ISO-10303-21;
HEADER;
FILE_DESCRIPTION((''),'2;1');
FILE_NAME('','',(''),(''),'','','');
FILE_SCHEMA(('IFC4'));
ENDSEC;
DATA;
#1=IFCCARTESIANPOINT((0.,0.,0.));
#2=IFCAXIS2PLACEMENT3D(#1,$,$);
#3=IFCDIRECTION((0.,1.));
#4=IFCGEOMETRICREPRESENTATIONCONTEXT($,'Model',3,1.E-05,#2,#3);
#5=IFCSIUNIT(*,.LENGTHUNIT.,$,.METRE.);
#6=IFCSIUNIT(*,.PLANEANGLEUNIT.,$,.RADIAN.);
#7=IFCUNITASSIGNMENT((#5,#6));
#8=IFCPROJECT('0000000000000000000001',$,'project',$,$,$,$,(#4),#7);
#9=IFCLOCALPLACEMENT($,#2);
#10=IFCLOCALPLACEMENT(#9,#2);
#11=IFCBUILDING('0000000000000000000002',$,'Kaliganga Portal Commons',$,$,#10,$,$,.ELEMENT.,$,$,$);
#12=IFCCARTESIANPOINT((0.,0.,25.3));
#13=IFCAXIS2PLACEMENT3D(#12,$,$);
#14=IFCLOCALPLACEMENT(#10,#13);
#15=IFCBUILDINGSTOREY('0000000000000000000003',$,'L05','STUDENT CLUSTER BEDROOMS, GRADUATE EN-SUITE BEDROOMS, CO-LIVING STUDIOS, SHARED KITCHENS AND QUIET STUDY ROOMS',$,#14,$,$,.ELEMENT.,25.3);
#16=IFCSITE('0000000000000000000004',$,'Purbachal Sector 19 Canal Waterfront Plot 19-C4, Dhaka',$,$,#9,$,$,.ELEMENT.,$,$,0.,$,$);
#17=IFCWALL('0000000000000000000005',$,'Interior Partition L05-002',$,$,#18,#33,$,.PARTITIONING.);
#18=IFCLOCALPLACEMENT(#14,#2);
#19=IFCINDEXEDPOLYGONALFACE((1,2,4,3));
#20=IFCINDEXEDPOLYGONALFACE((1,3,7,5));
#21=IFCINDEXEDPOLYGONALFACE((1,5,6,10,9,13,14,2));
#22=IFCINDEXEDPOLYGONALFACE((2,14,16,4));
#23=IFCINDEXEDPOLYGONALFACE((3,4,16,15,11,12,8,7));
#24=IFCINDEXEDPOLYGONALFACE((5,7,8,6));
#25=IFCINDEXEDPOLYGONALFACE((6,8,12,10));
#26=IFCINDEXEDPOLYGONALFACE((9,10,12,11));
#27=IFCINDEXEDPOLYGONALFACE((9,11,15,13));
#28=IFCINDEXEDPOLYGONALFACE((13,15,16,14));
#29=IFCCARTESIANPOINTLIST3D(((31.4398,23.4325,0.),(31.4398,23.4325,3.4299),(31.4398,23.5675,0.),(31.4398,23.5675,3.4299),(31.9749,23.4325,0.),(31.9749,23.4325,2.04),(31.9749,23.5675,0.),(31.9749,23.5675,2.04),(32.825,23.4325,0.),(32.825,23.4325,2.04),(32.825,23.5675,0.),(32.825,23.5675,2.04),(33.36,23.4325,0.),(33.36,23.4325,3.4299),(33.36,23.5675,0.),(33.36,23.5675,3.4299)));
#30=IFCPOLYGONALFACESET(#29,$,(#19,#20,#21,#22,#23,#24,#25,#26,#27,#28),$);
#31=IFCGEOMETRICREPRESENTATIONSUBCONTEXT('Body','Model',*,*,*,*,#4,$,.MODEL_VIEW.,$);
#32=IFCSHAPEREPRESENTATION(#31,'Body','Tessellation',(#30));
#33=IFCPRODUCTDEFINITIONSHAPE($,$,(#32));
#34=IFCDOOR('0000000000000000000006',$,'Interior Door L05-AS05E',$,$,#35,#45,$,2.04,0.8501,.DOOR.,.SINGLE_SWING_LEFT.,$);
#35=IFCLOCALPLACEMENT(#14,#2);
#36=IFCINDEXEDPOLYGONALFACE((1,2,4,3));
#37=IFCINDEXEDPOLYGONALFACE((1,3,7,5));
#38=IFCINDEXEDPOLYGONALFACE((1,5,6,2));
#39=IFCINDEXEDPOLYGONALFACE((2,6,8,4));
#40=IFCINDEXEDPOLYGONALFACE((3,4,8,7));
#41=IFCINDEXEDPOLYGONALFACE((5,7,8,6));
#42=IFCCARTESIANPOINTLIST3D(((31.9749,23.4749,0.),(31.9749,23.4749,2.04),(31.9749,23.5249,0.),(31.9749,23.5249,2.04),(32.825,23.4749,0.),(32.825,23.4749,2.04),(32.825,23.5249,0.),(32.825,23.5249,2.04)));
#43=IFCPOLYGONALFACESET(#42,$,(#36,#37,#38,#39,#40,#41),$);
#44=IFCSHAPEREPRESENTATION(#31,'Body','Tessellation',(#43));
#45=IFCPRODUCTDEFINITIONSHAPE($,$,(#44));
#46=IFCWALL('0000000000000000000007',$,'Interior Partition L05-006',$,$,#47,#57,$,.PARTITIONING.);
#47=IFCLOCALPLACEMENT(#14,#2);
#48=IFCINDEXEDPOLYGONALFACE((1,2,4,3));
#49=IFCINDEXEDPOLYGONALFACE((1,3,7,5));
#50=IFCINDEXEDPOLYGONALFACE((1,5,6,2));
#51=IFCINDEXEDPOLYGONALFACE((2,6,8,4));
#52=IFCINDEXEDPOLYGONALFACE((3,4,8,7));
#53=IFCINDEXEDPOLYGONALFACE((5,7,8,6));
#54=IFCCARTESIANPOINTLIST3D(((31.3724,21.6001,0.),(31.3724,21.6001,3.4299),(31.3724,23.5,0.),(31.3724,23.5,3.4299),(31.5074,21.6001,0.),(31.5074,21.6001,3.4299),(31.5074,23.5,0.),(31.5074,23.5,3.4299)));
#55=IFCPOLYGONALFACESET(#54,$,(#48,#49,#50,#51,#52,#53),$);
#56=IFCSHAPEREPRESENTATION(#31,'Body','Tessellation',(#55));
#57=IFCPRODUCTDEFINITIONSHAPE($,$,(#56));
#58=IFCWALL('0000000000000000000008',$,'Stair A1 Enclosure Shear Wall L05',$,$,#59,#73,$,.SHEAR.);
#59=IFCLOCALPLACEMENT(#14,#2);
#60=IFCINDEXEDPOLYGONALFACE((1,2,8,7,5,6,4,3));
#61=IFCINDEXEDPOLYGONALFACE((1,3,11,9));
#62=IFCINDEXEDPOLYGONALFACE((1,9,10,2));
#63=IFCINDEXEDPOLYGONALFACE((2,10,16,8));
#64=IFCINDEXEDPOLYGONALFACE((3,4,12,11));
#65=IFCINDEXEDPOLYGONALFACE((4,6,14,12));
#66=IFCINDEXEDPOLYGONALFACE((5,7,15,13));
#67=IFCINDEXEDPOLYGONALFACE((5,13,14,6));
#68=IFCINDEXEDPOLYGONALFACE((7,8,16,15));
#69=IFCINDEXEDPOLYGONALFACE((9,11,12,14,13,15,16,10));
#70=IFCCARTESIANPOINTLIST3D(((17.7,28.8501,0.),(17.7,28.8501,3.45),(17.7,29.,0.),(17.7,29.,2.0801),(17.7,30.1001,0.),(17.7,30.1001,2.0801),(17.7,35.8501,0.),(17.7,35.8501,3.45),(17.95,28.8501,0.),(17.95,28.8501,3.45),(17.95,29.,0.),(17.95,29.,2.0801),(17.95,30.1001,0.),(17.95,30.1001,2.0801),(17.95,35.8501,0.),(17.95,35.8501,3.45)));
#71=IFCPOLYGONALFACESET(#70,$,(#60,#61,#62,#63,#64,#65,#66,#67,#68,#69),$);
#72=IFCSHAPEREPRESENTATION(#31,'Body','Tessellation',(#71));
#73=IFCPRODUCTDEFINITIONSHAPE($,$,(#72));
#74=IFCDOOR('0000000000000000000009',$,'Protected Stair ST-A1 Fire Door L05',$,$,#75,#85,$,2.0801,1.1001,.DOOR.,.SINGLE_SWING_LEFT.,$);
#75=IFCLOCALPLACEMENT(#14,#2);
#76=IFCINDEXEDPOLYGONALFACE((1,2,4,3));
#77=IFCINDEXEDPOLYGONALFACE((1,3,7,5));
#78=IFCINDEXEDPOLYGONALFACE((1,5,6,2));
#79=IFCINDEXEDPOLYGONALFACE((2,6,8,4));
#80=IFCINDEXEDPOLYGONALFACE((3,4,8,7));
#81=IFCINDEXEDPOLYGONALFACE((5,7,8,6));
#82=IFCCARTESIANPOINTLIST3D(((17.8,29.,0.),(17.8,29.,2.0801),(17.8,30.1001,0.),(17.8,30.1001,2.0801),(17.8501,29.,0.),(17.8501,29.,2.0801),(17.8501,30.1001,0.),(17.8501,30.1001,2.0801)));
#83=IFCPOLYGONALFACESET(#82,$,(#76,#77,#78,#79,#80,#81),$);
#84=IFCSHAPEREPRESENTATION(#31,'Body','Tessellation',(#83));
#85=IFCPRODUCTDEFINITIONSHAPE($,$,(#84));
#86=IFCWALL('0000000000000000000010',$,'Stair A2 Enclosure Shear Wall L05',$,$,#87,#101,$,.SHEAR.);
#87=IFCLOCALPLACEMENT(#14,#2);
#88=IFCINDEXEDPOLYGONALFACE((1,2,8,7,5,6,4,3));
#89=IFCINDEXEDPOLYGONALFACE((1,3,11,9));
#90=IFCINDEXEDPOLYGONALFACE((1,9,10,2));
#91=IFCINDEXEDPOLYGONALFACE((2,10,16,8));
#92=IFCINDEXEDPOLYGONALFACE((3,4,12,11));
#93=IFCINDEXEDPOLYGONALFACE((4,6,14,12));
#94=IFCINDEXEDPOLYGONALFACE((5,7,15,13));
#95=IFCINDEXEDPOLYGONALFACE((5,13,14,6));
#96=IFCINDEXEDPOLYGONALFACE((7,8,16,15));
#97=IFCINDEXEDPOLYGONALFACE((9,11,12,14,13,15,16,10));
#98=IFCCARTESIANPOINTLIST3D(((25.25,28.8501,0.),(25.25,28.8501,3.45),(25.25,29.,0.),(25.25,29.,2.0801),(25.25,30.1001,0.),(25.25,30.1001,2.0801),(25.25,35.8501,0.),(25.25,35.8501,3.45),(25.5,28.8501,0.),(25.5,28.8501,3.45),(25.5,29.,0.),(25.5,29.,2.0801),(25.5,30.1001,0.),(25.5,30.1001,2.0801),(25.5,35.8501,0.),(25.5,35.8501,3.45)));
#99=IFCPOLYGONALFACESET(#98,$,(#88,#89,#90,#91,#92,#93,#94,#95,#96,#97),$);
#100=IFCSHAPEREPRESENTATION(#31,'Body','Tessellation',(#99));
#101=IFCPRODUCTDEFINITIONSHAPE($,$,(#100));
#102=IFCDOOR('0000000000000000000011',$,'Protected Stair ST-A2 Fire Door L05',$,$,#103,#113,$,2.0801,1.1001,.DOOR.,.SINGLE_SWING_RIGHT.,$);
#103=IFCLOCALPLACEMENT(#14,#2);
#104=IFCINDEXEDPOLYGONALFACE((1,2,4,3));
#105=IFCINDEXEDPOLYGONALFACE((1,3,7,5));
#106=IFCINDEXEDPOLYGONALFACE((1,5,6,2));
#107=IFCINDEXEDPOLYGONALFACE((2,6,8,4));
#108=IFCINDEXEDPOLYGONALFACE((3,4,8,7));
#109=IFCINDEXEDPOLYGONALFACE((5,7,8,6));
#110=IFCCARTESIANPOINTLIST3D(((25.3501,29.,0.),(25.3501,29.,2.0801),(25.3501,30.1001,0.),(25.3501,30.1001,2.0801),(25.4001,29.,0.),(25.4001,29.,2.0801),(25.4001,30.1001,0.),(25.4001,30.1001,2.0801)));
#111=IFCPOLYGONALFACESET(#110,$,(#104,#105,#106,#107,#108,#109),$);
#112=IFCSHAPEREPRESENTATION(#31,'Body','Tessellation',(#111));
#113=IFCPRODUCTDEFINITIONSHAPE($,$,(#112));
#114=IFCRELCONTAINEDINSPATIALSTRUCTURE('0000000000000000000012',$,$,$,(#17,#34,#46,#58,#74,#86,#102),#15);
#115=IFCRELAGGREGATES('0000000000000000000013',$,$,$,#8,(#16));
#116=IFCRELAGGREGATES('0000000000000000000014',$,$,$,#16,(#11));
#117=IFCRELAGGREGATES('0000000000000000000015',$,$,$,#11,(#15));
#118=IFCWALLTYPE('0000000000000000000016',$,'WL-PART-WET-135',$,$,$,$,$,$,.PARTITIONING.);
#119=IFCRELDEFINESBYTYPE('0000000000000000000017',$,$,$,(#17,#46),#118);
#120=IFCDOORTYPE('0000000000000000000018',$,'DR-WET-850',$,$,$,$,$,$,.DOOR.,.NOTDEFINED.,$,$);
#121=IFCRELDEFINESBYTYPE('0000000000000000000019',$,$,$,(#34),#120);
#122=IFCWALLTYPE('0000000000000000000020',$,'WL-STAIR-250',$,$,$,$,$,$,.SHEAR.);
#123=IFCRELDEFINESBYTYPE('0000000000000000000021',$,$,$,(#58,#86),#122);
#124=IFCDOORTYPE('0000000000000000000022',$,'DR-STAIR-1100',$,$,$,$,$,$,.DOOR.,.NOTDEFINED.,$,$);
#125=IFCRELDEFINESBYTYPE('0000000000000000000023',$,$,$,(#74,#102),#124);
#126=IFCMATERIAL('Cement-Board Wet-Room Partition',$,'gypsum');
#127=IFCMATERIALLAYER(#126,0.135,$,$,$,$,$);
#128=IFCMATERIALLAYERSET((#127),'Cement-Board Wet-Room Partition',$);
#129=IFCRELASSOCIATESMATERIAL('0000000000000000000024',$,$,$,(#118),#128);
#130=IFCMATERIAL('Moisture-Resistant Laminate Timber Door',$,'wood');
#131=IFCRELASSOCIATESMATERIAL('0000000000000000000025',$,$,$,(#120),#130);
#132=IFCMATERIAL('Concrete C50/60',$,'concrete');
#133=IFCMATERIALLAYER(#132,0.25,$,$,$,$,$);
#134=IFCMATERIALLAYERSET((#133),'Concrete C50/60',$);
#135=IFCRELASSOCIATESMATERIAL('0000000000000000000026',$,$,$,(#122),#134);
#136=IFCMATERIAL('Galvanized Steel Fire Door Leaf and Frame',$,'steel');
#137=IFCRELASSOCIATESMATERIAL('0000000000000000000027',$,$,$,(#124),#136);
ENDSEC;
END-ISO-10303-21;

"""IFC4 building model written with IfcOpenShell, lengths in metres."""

from ifc_helpers import new_model, si_unit, direction, frame, frame_2d, origin, place, context, subcontext, project, spatial, rectangle, extrude, material, layer, layer_set, type_object, element, fill, save


model = new_model("IFC4")

# Units and contexts
model_context = context("Model", 3, precision=1e-05, world=origin(), true_north=direction((0.0, 1.0)))
body_context = subcontext(model_context, "Body", "Model", "MODEL_VIEW")
ifc_project = project(units=[si_unit("LENGTHUNIT", "METRE"), si_unit("PLANEANGLEUNIT", "RADIAN")], contexts=[model_context])

# Site, building, storey
site_placement = place(None, origin())
site = spatial("IfcSite", under=ifc_project, at=site_placement, Name="Purbachal Sector 19 Canal Waterfront Plot 19-C4, Dhaka", CompositionType="ELEMENT", RefElevation=0.0)
building_placement = place(site_placement, origin())
building = spatial("IfcBuilding", under=site, at=building_placement, Name="Kaliganga Portal Commons", CompositionType="ELEMENT")
storey_placement = place(building_placement, frame((0.0, 0.0, 25.3)))
storey = spatial("IfcBuildingStorey", under=building, at=storey_placement, Name="L05", Description="STUDENT CLUSTER BEDROOMS, GRADUATE EN-SUITE BEDROOMS, CO-LIVING STUDIOS, SHARED KITCHENS AND QUIET STUDY ROOMS", CompositionType="ELEMENT", Elevation=25.3)

# Shared definitions
ifc_material_1 = material(Name="Cement-Board Wet-Room Partition", Category="gypsum")
ifc_layer_1 = layer(ifc_material_1, 0.135)
ifc_layer_set_1 = layer_set([ifc_layer_1], Name="Cement-Board Wet-Room Partition")
wall_type_1 = type_object("IfcWallType", Name="WL-PART-WET-135", PredefinedType="PARTITIONING", material=ifc_layer_set_1)

# Wall, opening, door
wall_1_placement = place(storey_placement, frame((31.4399, 23.5, 0.0), z_axis=(0.0, 0.0, 1.0), x_axis=(1.0, 0.0, 0.0)))
wall_1 = element("IfcWall", 1, at=wall_1_placement, inside=storey, type_object=wall_type_1, Name="Interior Partition L05-002", PredefinedType="PARTITIONING", context=body_context, shape_type="SweptSolid", body=[
    extrude(rectangle(XDim=1.9202, YDim=0.135, at=frame_2d((0.96, 0.0))), origin(), (0.0, 0.0, 1.0), 3.4299),
])
opening_1_placement = place(wall_1_placement, frame((0.5349, 0.0, 0.0)))
opening_1 = element("IfcOpeningElement", 2, at=opening_1_placement, cuts=wall_1, PredefinedType="OPENING", context=body_context, shape_type="SweptSolid", body=[
    extrude(rectangle(XDim=0.8501, YDim=2.04, at=frame_2d((0.425, 1.02))), frame((0.0, 0.0776, 0.0), z_axis=(0.0, -1.0, 0.0), x_axis=(1.0, 0.0, 0.0)), (0.0, 0.0, 1.0), 0.155),
])
ifc_material_2 = material(Name="Moisture-Resistant Laminate Timber Door", Category="wood")
door_type_1 = type_object("IfcDoorType", Name="DR-WET-850", OperationType="NOTDEFINED", PredefinedType="DOOR", material=ifc_material_2)
door_1_placement = place(opening_1_placement, origin())
door_1 = element("IfcDoor", 3, at=door_1_placement, inside=storey, type_object=door_type_1, Name="Interior Door L05-AS05E", OperationType="SINGLE_SWING_LEFT", OverallHeight=2.04, OverallWidth=0.8501, PredefinedType="DOOR", context=body_context, shape_type="SweptSolid", body=[
    extrude(rectangle(XDim=0.8501, YDim=2.04, at=frame_2d((0.425, 1.02))), frame((0.0, 0.0249, 0.0), z_axis=(0.0, -1.0, 0.0), x_axis=(1.0, 0.0, 0.0)), (0.0, 0.0, 1.0), 0.05),
])
fill(opening_1, door_1)

# Wall
wall_2_placement = place(storey_placement, frame((31.4399, 21.6001, 0.0), z_axis=(0.0, 0.0, 1.0), x_axis=(0.0, 1.0, 0.0)))
element("IfcWall", 4, at=wall_2_placement, inside=storey, type_object=wall_type_1, Name="Interior Partition L05-006", PredefinedType="PARTITIONING", context=body_context, shape_type="SweptSolid", body=[
    extrude(rectangle(XDim=1.8999, YDim=0.135, at=frame_2d((0.95, 0.0))), origin(), (0.0, 0.0, 1.0), 3.4299),
])

# Walls, openings, doors
ifc_material_3 = material(Name="Concrete C50/60", Category="concrete")
ifc_layer_2 = layer(ifc_material_3, 0.25)
ifc_layer_set_2 = layer_set([ifc_layer_2], Name="Concrete C50/60")
wall_type_2 = type_object("IfcWallType", Name="WL-STAIR-250", PredefinedType="SHEAR", material=ifc_layer_set_2)
wall_3_placement = place(storey_placement, frame((17.825, 28.8501, 0.0), z_axis=(0.0, 0.0, 1.0), x_axis=(0.0, 1.0, 0.0)))
wall_3 = element("IfcWall", 5, at=wall_3_placement, inside=storey, type_object=wall_type_2, Name="Stair A1 Enclosure Shear Wall L05", PredefinedType="SHEAR", context=body_context, shape_type="SweptSolid", body=[
    extrude(rectangle(XDim=7.0, YDim=0.25, at=frame_2d((3.5, 0.0))), origin(), (0.0, 0.0, 1.0), 3.45),
])
opening_2_placement = place(wall_3_placement, frame((0.1499, 0.0, 0.0)))
opening_2 = element("IfcOpeningElement", 6, at=opening_2_placement, cuts=wall_3, PredefinedType="OPENING", context=body_context, shape_type="SweptSolid", body=[
    extrude(rectangle(XDim=1.1001, YDim=2.0801, at=frame_2d((0.55, 1.04))), frame((0.0, 0.135, 0.0), z_axis=(0.0, -1.0, 0.0), x_axis=(1.0, 0.0, 0.0)), (0.0, 0.0, 1.0), 0.27),
])
ifc_material_4 = material(Name="Galvanized Steel Fire Door Leaf and Frame", Category="steel")
door_type_2 = type_object("IfcDoorType", Name="DR-STAIR-1100", OperationType="NOTDEFINED", PredefinedType="DOOR", material=ifc_material_4)
door_2_placement = place(opening_2_placement, origin())
door_2 = element("IfcDoor", 7, at=door_2_placement, inside=storey, type_object=door_type_2, Name="Protected Stair ST-A1 Fire Door L05", OperationType="SINGLE_SWING_LEFT", OverallHeight=2.0801, OverallWidth=1.1001, PredefinedType="DOOR", context=body_context, shape_type="SweptSolid", body=[
    extrude(rectangle(XDim=1.1001, YDim=2.0801, at=frame_2d((0.55, 1.04))), frame((0.0, 0.0249, 0.0), z_axis=(0.0, -1.0, 0.0), x_axis=(1.0, 0.0, 0.0)), (0.0, 0.0, 1.0), 0.05),
])
fill(opening_2, door_2)
wall_4_placement = place(storey_placement, frame((25.375, 28.8501, 0.0), z_axis=(0.0, 0.0, 1.0), x_axis=(0.0, 1.0, 0.0)))
wall_4 = element("IfcWall", 8, at=wall_4_placement, inside=storey, type_object=wall_type_2, Name="Stair A2 Enclosure Shear Wall L05", PredefinedType="SHEAR", context=body_context, shape_type="SweptSolid", body=[
    extrude(rectangle(XDim=7.0, YDim=0.25, at=frame_2d((3.5, 0.0))), origin(), (0.0, 0.0, 1.0), 3.45),
])
opening_3_placement = place(wall_4_placement, frame((0.1499, 0.0, 0.0)))
opening_3 = element("IfcOpeningElement", 9, at=opening_3_placement, cuts=wall_4, PredefinedType="OPENING", context=body_context, shape_type="SweptSolid", body=[
    extrude(rectangle(XDim=1.1001, YDim=2.0801, at=frame_2d((0.55, 1.04))), frame((0.0, 0.135, 0.0), z_axis=(0.0, -1.0, 0.0), x_axis=(1.0, 0.0, 0.0)), (0.0, 0.0, 1.0), 0.27),
])
door_3_placement = place(opening_3_placement, origin())
door_3 = element("IfcDoor", 10, at=door_3_placement, inside=storey, type_object=door_type_2, Name="Protected Stair ST-A2 Fire Door L05", OperationType="SINGLE_SWING_RIGHT", OverallHeight=2.0801, OverallWidth=1.1001, PredefinedType="DOOR", context=body_context, shape_type="SweptSolid", body=[
    extrude(rectangle(XDim=1.1001, YDim=2.0801, at=frame_2d((0.55, 1.04))), frame((0.0, 0.0249, 0.0), z_axis=(0.0, -1.0, 0.0), x_axis=(1.0, 0.0, 0.0)), (0.0, 0.0, 1.0), 0.05),
])
fill(opening_3, door_3)

save(model, "model.ifc")
